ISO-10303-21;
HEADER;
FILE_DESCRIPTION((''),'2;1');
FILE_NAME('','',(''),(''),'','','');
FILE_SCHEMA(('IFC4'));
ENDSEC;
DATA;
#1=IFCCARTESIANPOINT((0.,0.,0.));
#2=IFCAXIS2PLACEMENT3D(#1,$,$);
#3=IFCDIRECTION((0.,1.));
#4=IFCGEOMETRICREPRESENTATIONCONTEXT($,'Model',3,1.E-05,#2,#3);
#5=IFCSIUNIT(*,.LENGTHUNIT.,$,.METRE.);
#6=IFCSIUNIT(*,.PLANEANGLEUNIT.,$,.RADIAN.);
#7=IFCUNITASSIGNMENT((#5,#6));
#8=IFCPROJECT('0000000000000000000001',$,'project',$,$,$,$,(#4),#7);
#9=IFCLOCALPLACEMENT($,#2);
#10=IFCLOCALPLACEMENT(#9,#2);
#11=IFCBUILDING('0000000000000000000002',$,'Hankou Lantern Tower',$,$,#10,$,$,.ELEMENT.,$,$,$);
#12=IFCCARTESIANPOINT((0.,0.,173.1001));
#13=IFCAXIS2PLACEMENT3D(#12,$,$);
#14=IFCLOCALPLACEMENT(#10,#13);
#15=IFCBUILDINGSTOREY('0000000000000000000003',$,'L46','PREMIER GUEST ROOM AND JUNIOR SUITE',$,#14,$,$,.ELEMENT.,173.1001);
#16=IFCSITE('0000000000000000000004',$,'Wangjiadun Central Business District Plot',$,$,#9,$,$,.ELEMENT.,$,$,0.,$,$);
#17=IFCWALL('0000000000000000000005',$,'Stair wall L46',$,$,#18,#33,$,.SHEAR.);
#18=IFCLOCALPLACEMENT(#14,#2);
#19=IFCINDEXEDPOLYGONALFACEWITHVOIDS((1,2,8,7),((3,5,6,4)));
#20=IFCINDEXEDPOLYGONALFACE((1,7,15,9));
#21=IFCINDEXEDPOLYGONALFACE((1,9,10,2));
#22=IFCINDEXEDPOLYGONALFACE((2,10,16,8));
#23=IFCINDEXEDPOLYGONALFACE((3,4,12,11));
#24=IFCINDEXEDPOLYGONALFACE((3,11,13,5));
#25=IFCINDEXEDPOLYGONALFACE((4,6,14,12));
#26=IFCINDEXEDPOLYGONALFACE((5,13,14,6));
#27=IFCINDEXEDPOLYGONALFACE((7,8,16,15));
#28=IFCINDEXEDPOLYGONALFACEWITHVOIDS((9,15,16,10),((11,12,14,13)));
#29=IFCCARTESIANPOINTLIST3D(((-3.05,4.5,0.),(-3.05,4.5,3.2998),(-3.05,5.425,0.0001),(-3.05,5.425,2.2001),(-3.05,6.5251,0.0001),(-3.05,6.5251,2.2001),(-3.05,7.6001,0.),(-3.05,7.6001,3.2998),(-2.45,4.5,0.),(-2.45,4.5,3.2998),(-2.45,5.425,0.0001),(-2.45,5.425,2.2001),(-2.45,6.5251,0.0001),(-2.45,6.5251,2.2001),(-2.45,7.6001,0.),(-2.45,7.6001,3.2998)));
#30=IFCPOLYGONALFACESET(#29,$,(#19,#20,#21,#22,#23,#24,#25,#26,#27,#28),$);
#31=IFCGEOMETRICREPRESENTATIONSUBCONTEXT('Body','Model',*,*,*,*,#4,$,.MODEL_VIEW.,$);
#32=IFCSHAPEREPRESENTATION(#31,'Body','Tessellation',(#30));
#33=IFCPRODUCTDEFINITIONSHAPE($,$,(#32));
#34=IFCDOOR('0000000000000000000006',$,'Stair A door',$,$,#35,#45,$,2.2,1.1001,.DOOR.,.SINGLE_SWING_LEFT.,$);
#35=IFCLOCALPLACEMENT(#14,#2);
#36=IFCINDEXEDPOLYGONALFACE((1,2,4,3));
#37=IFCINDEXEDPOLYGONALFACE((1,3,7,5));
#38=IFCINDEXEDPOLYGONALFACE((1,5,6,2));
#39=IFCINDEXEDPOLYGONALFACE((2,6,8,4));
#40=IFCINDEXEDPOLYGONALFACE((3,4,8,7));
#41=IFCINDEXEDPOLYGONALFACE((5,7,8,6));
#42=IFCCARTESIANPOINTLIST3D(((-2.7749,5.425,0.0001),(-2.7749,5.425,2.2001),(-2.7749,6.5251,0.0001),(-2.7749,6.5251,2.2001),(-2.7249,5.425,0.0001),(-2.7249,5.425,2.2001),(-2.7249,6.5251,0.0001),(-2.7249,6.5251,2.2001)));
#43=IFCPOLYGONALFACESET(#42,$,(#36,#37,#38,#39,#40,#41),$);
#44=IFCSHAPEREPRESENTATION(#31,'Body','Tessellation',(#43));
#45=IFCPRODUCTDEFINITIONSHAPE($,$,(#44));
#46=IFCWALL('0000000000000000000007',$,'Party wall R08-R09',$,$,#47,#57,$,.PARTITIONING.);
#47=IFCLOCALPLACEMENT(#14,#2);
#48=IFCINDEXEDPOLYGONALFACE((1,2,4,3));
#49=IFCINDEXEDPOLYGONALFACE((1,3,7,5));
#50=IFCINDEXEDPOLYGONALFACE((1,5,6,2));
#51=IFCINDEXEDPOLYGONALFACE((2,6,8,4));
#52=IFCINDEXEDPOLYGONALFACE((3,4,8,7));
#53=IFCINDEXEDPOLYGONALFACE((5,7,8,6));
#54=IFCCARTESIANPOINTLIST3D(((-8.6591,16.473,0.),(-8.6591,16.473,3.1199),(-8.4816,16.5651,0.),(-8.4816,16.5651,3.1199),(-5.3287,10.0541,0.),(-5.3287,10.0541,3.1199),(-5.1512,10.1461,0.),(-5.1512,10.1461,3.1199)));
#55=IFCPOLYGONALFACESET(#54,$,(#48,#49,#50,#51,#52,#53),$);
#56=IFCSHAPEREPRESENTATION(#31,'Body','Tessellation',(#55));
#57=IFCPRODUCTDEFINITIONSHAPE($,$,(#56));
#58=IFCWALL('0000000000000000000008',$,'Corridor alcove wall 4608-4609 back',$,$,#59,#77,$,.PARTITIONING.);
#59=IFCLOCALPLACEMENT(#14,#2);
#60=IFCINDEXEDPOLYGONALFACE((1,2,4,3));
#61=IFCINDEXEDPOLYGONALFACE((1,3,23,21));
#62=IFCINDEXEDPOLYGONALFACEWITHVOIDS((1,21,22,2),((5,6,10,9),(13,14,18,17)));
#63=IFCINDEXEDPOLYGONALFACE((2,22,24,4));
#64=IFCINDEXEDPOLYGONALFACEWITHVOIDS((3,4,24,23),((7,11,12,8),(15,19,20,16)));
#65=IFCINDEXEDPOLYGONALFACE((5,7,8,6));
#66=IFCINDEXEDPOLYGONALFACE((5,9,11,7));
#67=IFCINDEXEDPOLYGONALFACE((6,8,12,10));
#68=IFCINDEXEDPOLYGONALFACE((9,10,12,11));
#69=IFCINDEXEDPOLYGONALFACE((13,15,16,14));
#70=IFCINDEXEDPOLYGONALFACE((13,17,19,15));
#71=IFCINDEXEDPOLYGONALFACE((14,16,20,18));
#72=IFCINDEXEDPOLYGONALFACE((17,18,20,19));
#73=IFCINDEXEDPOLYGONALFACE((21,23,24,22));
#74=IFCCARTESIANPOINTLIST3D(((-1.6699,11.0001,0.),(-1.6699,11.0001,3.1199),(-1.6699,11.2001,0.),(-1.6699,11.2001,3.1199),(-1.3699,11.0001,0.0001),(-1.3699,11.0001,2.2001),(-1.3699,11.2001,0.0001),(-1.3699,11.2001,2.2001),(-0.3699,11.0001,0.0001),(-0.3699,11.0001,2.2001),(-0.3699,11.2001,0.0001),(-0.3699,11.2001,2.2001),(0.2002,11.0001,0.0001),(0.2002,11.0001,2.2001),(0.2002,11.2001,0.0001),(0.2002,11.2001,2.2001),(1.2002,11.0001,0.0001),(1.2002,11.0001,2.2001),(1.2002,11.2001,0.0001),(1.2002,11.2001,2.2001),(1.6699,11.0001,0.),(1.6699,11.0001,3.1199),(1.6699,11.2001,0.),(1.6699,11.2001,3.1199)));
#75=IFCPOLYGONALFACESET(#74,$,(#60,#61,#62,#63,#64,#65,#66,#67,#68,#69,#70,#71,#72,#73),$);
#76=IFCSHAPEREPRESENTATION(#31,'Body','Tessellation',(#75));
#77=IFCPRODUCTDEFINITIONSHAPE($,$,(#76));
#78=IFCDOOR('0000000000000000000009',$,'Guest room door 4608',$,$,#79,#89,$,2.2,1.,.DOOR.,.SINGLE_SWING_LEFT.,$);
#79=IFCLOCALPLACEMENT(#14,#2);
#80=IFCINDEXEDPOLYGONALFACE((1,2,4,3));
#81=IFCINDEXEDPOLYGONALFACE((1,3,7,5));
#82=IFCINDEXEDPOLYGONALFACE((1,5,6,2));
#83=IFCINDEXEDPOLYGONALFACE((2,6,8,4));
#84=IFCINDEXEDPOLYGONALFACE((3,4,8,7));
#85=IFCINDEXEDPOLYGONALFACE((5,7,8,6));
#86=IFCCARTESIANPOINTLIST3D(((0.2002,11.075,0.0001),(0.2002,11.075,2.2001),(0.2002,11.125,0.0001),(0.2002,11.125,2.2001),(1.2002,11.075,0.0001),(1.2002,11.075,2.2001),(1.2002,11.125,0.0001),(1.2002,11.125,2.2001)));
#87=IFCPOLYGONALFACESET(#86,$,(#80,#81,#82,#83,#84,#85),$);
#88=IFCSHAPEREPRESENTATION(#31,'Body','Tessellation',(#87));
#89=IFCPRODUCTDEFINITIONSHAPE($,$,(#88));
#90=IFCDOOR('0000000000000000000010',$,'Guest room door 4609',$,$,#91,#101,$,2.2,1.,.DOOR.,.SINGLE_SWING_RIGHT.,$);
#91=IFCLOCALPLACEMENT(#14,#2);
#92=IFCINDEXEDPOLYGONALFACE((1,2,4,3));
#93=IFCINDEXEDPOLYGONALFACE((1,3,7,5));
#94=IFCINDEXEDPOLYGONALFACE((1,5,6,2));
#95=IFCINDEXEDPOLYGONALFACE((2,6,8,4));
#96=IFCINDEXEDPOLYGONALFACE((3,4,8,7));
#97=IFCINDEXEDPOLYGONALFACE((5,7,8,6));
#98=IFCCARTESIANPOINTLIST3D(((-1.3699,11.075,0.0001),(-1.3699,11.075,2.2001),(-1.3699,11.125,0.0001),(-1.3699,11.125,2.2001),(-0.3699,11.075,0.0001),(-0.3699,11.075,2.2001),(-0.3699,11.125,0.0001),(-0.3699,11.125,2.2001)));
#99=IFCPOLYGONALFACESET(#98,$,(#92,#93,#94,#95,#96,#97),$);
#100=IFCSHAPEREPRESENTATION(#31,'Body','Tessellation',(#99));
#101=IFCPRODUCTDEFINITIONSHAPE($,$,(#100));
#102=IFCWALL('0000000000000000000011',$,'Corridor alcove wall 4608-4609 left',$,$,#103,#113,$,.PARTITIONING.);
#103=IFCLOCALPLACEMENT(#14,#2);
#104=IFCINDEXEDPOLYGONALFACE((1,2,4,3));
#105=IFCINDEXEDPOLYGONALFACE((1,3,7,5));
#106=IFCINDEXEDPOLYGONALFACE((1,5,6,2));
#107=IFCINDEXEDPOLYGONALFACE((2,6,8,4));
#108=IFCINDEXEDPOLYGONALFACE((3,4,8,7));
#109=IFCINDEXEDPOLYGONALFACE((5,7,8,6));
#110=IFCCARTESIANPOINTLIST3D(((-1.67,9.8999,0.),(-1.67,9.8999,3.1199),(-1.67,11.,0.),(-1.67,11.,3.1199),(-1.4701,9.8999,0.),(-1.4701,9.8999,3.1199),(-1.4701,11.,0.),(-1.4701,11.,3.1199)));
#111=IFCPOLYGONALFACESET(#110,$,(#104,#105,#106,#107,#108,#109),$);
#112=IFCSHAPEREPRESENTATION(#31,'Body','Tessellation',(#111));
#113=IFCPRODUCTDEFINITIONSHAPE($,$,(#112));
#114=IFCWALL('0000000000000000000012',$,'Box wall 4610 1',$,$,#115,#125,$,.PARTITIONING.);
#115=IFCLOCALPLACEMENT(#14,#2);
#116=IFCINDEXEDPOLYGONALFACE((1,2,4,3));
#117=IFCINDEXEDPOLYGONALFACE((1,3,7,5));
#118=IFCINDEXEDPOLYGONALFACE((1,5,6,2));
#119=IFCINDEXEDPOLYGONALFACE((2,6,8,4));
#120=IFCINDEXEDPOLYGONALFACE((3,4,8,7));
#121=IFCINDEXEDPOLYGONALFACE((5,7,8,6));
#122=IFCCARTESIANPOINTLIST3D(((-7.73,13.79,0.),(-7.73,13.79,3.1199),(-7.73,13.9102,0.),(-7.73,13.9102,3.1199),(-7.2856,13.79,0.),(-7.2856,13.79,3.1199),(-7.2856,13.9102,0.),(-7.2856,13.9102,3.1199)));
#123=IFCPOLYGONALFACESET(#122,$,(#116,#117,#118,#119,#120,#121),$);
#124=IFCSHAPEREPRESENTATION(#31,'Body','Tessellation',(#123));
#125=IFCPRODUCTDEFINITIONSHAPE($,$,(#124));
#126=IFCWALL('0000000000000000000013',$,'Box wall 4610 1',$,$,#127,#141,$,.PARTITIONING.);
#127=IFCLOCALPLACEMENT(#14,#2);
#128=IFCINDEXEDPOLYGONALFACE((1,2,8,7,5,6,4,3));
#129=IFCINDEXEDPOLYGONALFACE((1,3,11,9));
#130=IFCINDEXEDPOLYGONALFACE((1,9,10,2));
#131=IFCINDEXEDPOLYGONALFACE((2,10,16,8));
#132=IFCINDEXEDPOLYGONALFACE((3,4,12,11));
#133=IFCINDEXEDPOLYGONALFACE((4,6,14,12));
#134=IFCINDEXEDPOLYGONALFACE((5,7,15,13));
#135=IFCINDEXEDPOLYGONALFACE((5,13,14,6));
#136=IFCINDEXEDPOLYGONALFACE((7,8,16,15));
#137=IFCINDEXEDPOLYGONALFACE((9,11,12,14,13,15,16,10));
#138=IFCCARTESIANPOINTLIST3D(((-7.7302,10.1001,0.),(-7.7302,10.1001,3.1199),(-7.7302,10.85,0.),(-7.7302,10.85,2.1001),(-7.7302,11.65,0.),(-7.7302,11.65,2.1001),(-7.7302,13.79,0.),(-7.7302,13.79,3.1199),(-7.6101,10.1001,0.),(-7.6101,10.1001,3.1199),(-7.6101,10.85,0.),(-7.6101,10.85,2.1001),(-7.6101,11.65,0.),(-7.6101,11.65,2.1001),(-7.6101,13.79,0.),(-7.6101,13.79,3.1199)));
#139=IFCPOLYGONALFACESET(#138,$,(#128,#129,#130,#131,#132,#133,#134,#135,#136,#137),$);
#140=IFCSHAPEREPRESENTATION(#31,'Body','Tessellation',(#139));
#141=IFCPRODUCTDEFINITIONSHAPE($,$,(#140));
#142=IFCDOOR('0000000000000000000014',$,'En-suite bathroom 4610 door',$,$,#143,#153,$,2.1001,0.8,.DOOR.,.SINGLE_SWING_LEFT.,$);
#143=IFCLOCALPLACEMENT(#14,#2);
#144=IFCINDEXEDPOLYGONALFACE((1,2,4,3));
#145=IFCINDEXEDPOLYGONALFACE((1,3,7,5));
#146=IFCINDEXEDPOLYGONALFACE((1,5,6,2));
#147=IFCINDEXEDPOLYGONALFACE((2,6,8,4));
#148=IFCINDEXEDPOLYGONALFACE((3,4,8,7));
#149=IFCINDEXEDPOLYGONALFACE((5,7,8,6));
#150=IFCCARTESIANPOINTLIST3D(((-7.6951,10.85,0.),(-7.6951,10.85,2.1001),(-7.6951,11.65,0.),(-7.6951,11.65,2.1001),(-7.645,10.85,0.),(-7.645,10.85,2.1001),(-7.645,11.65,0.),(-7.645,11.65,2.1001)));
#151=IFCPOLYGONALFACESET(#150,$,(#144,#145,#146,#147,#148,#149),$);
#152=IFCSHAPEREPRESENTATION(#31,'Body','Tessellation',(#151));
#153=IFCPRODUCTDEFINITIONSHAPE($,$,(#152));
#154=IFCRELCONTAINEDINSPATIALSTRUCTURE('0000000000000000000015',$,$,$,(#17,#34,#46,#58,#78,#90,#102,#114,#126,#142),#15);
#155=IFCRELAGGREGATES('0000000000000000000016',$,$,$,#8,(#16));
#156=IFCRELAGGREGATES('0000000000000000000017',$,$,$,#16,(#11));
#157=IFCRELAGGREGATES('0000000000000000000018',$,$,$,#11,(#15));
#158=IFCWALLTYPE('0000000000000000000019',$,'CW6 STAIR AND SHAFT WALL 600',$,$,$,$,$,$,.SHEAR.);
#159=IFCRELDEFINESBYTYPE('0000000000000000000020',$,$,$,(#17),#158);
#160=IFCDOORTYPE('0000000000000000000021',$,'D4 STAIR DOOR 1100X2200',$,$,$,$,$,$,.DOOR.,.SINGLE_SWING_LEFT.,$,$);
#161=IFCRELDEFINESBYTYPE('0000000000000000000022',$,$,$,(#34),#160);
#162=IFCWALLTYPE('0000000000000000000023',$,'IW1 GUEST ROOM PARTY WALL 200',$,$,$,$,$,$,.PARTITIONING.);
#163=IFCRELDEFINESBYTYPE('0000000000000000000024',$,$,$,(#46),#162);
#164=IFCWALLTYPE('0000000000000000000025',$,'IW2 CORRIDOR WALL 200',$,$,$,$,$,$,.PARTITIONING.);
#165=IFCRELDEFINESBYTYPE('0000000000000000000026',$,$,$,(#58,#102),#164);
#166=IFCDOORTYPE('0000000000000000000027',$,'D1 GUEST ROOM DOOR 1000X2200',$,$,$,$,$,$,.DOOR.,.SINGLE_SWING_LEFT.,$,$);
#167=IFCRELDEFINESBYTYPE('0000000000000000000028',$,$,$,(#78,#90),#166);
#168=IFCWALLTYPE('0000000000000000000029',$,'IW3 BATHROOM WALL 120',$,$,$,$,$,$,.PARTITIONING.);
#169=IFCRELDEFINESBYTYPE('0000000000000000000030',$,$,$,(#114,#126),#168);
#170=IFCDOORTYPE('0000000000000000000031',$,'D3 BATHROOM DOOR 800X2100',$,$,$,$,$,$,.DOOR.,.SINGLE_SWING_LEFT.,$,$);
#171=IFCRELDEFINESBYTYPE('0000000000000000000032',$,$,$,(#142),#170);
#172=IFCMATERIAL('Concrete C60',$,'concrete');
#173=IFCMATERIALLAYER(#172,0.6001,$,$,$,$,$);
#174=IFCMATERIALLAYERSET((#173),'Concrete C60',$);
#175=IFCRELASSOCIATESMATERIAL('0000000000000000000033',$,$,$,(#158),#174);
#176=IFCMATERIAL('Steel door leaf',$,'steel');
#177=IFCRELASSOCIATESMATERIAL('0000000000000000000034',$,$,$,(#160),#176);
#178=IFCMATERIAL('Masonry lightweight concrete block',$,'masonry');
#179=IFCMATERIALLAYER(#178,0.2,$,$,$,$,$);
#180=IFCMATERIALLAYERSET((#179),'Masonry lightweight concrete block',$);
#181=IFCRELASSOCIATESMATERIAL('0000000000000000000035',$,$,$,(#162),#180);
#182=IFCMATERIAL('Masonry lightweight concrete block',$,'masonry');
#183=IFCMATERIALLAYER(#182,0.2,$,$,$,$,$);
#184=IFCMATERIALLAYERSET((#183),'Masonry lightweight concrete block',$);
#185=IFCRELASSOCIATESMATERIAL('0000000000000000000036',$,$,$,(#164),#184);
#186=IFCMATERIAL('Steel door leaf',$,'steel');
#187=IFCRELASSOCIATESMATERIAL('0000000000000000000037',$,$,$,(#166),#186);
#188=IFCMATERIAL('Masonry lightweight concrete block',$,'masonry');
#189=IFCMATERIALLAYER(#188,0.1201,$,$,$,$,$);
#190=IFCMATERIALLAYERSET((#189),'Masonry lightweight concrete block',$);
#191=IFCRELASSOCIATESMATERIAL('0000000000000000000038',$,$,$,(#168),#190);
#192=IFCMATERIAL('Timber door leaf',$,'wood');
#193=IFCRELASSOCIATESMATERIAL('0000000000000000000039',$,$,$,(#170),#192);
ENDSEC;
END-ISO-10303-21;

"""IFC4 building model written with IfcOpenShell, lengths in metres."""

from ifc_helpers import new_model, si_unit, direction, frame, frame_2d, origin, place, context, subcontext, project, spatial, rectangle, extrude, material, layer, layer_set, type_object, element, fill, save


model = new_model("IFC4")

# Units and contexts
model_context = context("Model", 3, precision=1e-05, world=origin(), true_north=direction((0.0, 1.0)))
body_context = subcontext(model_context, "Body", "Model", "MODEL_VIEW")
ifc_project = project(units=[si_unit("LENGTHUNIT", "METRE"), si_unit("PLANEANGLEUNIT", "RADIAN")], contexts=[model_context])

# Site, building, storey
site_placement = place(None, origin())
site = spatial("IfcSite", under=ifc_project, at=site_placement, Name="Wangjiadun Central Business District Plot", CompositionType="ELEMENT", RefElevation=0.0)
building_placement = place(site_placement, origin())
building = spatial("IfcBuilding", under=site, at=building_placement, Name="Hankou Lantern Tower", CompositionType="ELEMENT")
storey_placement = place(building_placement, frame((0.0, 0.0, 173.1001)))
storey = spatial("IfcBuildingStorey", under=building, at=storey_placement, Name="L46", Description="PREMIER GUEST ROOM AND JUNIOR SUITE", CompositionType="ELEMENT", Elevation=173.1001)

# Wall, opening, door
ifc_material_1 = material(Name="Concrete C60", Category="concrete")
ifc_layer_1 = layer(ifc_material_1, 0.6001)
ifc_layer_set_1 = layer_set([ifc_layer_1], Name="Concrete C60")
wall_type_1 = type_object("IfcWallType", Name="CW6 STAIR AND SHAFT WALL 600", PredefinedType="SHEAR", material=ifc_layer_set_1)
wall_1_placement = place(storey_placement, frame((-2.75, 4.5, 0.0), z_axis=(0.0, 0.0, 1.0), x_axis=(0.0, 1.0, 0.0)))
wall_1 = element("IfcWall", 1, at=wall_1_placement, inside=storey, type_object=wall_type_1, Name="Stair wall L46", PredefinedType="SHEAR", context=body_context, shape_type="SweptSolid", body=[
    extrude(rectangle(XDim=3.1001, YDim=0.6001, at=frame_2d((1.55, 0.0))), origin(), (0.0, 0.0, 1.0), 3.2998),
])
opening_1_placement = place(wall_1_placement, frame((0.925, 0.0, 0.0)))
opening_1 = element("IfcOpeningElement", 2, at=opening_1_placement, cuts=wall_1, PredefinedType="OPENING", context=body_context, shape_type="SweptSolid", body=[
    extrude(rectangle(XDim=1.1001, YDim=2.2, at=frame_2d((0.55, 1.1001))), frame((0.0, 0.3101, 0.0), z_axis=(0.0, -1.0, 0.0), x_axis=(1.0, 0.0, 0.0)), (0.0, 0.0, 1.0), 0.6201),
])
ifc_material_2 = material(Name="Steel door leaf", Category="steel")
door_type_1 = type_object("IfcDoorType", Name="D4 STAIR DOOR 1100X2200", OperationType="SINGLE_SWING_LEFT", PredefinedType="DOOR", material=ifc_material_2)
door_1_placement = place(opening_1_placement, origin())
door_1 = element("IfcDoor", 3, at=door_1_placement, inside=storey, type_object=door_type_1, Name="Stair A door", OperationType="SINGLE_SWING_LEFT", OverallHeight=2.2, OverallWidth=1.1001, PredefinedType="DOOR", context=body_context, shape_type="SweptSolid", body=[
    extrude(rectangle(XDim=1.1001, YDim=2.2, at=frame_2d((0.55, 1.1001))), frame((0.0, 0.0249, 0.0), z_axis=(0.0, -1.0, 0.0), x_axis=(1.0, 0.0, 0.0)), (0.0, 0.0, 1.0), 0.05),
])
fill(opening_1, door_1)

# Wall
ifc_material_3 = material(Name="Masonry lightweight concrete block", Category="masonry")
ifc_layer_2 = layer(ifc_material_3, 0.2)
ifc_layer_set_2 = layer_set([ifc_layer_2], Name="Masonry lightweight concrete block")
wall_type_2 = type_object("IfcWallType", Name="IW1 GUEST ROOM PARTY WALL 200", PredefinedType="PARTITIONING", material=ifc_layer_set_2)
wall_2_placement = place(storey_placement, frame((-5.24, 10.1001, 0.0), z_axis=(0.0, 0.0, 1.0), x_axis=(-0.460533, 0.887643, 0.0)))
element("IfcWall", 4, at=wall_2_placement, inside=storey, type_object=wall_type_2, Name="Party wall R08-R09", PredefinedType="PARTITIONING", context=body_context, shape_type="SweptSolid", body=[
    extrude(rectangle(XDim=7.2314, YDim=0.2, at=frame_2d((3.6157, 0.0))), origin(), (0.0, 0.0, 1.0), 3.1199),
])

# Wall, openings, doors
ifc_material_4 = material(Name="Masonry lightweight concrete block", Category="masonry")
ifc_layer_3 = layer(ifc_material_4, 0.2)
ifc_layer_set_3 = layer_set([ifc_layer_3], Name="Masonry lightweight concrete block")
wall_type_3 = type_object("IfcWallType", Name="IW2 CORRIDOR WALL 200", PredefinedType="PARTITIONING", material=ifc_layer_set_3)
wall_3_placement = place(storey_placement, frame((-1.6699, 11.1001, 0.0), z_axis=(0.0, 0.0, 1.0), x_axis=(1.0, 0.0, 0.0)))
wall_3 = element("IfcWall", 5, at=wall_3_placement, inside=storey, type_object=wall_type_3, Name="Corridor alcove wall 4608-4609 back", PredefinedType="PARTITIONING", context=body_context, shape_type="SweptSolid", body=[
    extrude(rectangle(XDim=3.3398, YDim=0.2, at=frame_2d((1.6699, 0.0))), origin(), (0.0, 0.0, 1.0), 3.1199),
])
opening_2_placement = place(wall_3_placement, frame((1.8701, 0.0, 0.0)))
opening_2 = element("IfcOpeningElement", 6, at=opening_2_placement, cuts=wall_3, PredefinedType="OPENING", context=body_context, shape_type="SweptSolid", body=[
    extrude(rectangle(XDim=1.0, YDim=2.2, at=frame_2d((0.5, 1.1001))), frame((0.0, 0.1099, 0.0), z_axis=(0.0, -1.0, 0.0), x_axis=(1.0, 0.0, 0.0)), (0.0, 0.0, 1.0), 0.22),
])
opening_3_placement = place(wall_3_placement, frame((0.3, 0.0, 0.0)))
opening_3 = element("IfcOpeningElement", 7, at=opening_3_placement, cuts=wall_3, PredefinedType="OPENING", context=body_context, shape_type="SweptSolid", body=[
    extrude(rectangle(XDim=1.0, YDim=2.2, at=frame_2d((0.5, 1.1001))), frame((0.0, 0.1099, 0.0), z_axis=(0.0, -1.0, 0.0), x_axis=(1.0, 0.0, 0.0)), (0.0, 0.0, 1.0), 0.22),
])
ifc_material_5 = material(Name="Steel door leaf", Category="steel")
door_type_2 = type_object("IfcDoorType", Name="D1 GUEST ROOM DOOR 1000X2200", OperationType="SINGLE_SWING_LEFT", PredefinedType="DOOR", material=ifc_material_5)
door_2_placement = place(opening_2_placement, origin())
door_2 = element("IfcDoor", 8, at=door_2_placement, inside=storey, type_object=door_type_2, Name="Guest room door 4608", OperationType="SINGLE_SWING_LEFT", OverallHeight=2.2, OverallWidth=1.0, PredefinedType="DOOR", context=body_context, shape_type="SweptSolid", body=[
    extrude(rectangle(XDim=1.0, YDim=2.2, at=frame_2d((0.5, 1.1001))), frame((0.0, 0.0249, 0.0), z_axis=(0.0, -1.0, 0.0), x_axis=(1.0, 0.0, 0.0)), (0.0, 0.0, 1.0), 0.05),
])
fill(opening_2, door_2)
door_3_placement = place(opening_3_placement, origin())
door_3 = element("IfcDoor", 9, at=door_3_placement, inside=storey, type_object=door_type_2, Name="Guest room door 4609", OperationType="SINGLE_SWING_RIGHT", OverallHeight=2.2, OverallWidth=1.0, PredefinedType="DOOR", context=body_context, shape_type="SweptSolid", body=[
    extrude(rectangle(XDim=1.0, YDim=2.2, at=frame_2d((0.5, 1.1001))), frame((0.0, 0.0249, 0.0), z_axis=(0.0, -1.0, 0.0), x_axis=(1.0, 0.0, 0.0)), (0.0, 0.0, 1.0), 0.05),
])
fill(opening_3, door_3)

# Walls
wall_4_placement = place(storey_placement, frame((-1.5701, 9.8999, 0.0), z_axis=(0.0, 0.0, 1.0), x_axis=(0.0, 1.0, 0.0)))
element("IfcWall", 10, at=wall_4_placement, inside=storey, type_object=wall_type_3, Name="Corridor alcove wall 4608-4609 left", PredefinedType="PARTITIONING", context=body_context, shape_type="SweptSolid", body=[
    extrude(rectangle(XDim=1.1001, YDim=0.2, at=frame_2d((0.55, 0.0))), origin(), (0.0, 0.0, 1.0), 3.1199),
])
ifc_material_6 = material(Name="Masonry lightweight concrete block", Category="masonry")
ifc_layer_4 = layer(ifc_material_6, 0.1201)
ifc_layer_set_4 = layer_set([ifc_layer_4], Name="Masonry lightweight concrete block")
wall_type_4 = type_object("IfcWallType", Name="IW3 BATHROOM WALL 120", PredefinedType="PARTITIONING", material=ifc_layer_set_4)
wall_5_placement = place(storey_placement, frame((-7.2856, 13.8501, 0.0), z_axis=(0.0, 0.0, 1.0), x_axis=(-1.0, 0.0, 0.0)))
element("IfcWall", 11, at=wall_5_placement, inside=storey, type_object=wall_type_4, Name="Box wall 4610 1", PredefinedType="PARTITIONING", context=body_context, shape_type="SweptSolid", body=[
    extrude(rectangle(XDim=0.4443, YDim=0.1201, at=frame_2d((0.2222, 0.0))), origin(), (0.0, 0.0, 1.0), 3.1199),
])

# Wall, opening, door
wall_6_placement = place(storey_placement, frame((-7.6702, 10.1001, 0.0), z_axis=(0.0, 0.0, 1.0), x_axis=(0.0, 1.0, 0.0)))
wall_6 = element("IfcWall", 12, at=wall_6_placement, inside=storey, type_object=wall_type_4, Name="Box wall 4610 1", PredefinedType="PARTITIONING", context=body_context, shape_type="SweptSolid", body=[
    extrude(rectangle(XDim=3.6899, YDim=0.1201, at=frame_2d((1.845, 0.0))), origin(), (0.0, 0.0, 1.0), 3.1199),
])
opening_4_placement = place(wall_6_placement, frame((0.75, 0.0, 0.0)))
opening_4 = element("IfcOpeningElement", 13, at=opening_4_placement, cuts=wall_6, PredefinedType="OPENING", context=body_context, shape_type="SweptSolid", body=[
    extrude(rectangle(XDim=0.8, YDim=2.1001, at=frame_2d((0.3999, 1.05))), frame((0.0, 0.0701, 0.0), z_axis=(0.0, -1.0, 0.0), x_axis=(1.0, 0.0, 0.0)), (0.0, 0.0, 1.0), 0.1401),
])
ifc_material_7 = material(Name="Timber door leaf", Category="wood")
door_type_3 = type_object("IfcDoorType", Name="D3 BATHROOM DOOR 800X2100", OperationType="SINGLE_SWING_LEFT", PredefinedType="DOOR", material=ifc_material_7)
door_4_placement = place(opening_4_placement, origin())
door_4 = element("IfcDoor", 14, at=door_4_placement, inside=storey, type_object=door_type_3, Name="En-suite bathroom 4610 door", OperationType="SINGLE_SWING_LEFT", OverallHeight=2.1001, OverallWidth=0.8, PredefinedType="DOOR", context=body_context, shape_type="SweptSolid", body=[
    extrude(rectangle(XDim=0.8, YDim=2.1001, at=frame_2d((0.3999, 1.05))), frame((0.0, 0.0249, 0.0), z_axis=(0.0, -1.0, 0.0), x_axis=(1.0, 0.0, 0.0)), (0.0, 0.0, 1.0), 0.05),
])
fill(opening_4, door_4)

save(model, "model.ifc")
